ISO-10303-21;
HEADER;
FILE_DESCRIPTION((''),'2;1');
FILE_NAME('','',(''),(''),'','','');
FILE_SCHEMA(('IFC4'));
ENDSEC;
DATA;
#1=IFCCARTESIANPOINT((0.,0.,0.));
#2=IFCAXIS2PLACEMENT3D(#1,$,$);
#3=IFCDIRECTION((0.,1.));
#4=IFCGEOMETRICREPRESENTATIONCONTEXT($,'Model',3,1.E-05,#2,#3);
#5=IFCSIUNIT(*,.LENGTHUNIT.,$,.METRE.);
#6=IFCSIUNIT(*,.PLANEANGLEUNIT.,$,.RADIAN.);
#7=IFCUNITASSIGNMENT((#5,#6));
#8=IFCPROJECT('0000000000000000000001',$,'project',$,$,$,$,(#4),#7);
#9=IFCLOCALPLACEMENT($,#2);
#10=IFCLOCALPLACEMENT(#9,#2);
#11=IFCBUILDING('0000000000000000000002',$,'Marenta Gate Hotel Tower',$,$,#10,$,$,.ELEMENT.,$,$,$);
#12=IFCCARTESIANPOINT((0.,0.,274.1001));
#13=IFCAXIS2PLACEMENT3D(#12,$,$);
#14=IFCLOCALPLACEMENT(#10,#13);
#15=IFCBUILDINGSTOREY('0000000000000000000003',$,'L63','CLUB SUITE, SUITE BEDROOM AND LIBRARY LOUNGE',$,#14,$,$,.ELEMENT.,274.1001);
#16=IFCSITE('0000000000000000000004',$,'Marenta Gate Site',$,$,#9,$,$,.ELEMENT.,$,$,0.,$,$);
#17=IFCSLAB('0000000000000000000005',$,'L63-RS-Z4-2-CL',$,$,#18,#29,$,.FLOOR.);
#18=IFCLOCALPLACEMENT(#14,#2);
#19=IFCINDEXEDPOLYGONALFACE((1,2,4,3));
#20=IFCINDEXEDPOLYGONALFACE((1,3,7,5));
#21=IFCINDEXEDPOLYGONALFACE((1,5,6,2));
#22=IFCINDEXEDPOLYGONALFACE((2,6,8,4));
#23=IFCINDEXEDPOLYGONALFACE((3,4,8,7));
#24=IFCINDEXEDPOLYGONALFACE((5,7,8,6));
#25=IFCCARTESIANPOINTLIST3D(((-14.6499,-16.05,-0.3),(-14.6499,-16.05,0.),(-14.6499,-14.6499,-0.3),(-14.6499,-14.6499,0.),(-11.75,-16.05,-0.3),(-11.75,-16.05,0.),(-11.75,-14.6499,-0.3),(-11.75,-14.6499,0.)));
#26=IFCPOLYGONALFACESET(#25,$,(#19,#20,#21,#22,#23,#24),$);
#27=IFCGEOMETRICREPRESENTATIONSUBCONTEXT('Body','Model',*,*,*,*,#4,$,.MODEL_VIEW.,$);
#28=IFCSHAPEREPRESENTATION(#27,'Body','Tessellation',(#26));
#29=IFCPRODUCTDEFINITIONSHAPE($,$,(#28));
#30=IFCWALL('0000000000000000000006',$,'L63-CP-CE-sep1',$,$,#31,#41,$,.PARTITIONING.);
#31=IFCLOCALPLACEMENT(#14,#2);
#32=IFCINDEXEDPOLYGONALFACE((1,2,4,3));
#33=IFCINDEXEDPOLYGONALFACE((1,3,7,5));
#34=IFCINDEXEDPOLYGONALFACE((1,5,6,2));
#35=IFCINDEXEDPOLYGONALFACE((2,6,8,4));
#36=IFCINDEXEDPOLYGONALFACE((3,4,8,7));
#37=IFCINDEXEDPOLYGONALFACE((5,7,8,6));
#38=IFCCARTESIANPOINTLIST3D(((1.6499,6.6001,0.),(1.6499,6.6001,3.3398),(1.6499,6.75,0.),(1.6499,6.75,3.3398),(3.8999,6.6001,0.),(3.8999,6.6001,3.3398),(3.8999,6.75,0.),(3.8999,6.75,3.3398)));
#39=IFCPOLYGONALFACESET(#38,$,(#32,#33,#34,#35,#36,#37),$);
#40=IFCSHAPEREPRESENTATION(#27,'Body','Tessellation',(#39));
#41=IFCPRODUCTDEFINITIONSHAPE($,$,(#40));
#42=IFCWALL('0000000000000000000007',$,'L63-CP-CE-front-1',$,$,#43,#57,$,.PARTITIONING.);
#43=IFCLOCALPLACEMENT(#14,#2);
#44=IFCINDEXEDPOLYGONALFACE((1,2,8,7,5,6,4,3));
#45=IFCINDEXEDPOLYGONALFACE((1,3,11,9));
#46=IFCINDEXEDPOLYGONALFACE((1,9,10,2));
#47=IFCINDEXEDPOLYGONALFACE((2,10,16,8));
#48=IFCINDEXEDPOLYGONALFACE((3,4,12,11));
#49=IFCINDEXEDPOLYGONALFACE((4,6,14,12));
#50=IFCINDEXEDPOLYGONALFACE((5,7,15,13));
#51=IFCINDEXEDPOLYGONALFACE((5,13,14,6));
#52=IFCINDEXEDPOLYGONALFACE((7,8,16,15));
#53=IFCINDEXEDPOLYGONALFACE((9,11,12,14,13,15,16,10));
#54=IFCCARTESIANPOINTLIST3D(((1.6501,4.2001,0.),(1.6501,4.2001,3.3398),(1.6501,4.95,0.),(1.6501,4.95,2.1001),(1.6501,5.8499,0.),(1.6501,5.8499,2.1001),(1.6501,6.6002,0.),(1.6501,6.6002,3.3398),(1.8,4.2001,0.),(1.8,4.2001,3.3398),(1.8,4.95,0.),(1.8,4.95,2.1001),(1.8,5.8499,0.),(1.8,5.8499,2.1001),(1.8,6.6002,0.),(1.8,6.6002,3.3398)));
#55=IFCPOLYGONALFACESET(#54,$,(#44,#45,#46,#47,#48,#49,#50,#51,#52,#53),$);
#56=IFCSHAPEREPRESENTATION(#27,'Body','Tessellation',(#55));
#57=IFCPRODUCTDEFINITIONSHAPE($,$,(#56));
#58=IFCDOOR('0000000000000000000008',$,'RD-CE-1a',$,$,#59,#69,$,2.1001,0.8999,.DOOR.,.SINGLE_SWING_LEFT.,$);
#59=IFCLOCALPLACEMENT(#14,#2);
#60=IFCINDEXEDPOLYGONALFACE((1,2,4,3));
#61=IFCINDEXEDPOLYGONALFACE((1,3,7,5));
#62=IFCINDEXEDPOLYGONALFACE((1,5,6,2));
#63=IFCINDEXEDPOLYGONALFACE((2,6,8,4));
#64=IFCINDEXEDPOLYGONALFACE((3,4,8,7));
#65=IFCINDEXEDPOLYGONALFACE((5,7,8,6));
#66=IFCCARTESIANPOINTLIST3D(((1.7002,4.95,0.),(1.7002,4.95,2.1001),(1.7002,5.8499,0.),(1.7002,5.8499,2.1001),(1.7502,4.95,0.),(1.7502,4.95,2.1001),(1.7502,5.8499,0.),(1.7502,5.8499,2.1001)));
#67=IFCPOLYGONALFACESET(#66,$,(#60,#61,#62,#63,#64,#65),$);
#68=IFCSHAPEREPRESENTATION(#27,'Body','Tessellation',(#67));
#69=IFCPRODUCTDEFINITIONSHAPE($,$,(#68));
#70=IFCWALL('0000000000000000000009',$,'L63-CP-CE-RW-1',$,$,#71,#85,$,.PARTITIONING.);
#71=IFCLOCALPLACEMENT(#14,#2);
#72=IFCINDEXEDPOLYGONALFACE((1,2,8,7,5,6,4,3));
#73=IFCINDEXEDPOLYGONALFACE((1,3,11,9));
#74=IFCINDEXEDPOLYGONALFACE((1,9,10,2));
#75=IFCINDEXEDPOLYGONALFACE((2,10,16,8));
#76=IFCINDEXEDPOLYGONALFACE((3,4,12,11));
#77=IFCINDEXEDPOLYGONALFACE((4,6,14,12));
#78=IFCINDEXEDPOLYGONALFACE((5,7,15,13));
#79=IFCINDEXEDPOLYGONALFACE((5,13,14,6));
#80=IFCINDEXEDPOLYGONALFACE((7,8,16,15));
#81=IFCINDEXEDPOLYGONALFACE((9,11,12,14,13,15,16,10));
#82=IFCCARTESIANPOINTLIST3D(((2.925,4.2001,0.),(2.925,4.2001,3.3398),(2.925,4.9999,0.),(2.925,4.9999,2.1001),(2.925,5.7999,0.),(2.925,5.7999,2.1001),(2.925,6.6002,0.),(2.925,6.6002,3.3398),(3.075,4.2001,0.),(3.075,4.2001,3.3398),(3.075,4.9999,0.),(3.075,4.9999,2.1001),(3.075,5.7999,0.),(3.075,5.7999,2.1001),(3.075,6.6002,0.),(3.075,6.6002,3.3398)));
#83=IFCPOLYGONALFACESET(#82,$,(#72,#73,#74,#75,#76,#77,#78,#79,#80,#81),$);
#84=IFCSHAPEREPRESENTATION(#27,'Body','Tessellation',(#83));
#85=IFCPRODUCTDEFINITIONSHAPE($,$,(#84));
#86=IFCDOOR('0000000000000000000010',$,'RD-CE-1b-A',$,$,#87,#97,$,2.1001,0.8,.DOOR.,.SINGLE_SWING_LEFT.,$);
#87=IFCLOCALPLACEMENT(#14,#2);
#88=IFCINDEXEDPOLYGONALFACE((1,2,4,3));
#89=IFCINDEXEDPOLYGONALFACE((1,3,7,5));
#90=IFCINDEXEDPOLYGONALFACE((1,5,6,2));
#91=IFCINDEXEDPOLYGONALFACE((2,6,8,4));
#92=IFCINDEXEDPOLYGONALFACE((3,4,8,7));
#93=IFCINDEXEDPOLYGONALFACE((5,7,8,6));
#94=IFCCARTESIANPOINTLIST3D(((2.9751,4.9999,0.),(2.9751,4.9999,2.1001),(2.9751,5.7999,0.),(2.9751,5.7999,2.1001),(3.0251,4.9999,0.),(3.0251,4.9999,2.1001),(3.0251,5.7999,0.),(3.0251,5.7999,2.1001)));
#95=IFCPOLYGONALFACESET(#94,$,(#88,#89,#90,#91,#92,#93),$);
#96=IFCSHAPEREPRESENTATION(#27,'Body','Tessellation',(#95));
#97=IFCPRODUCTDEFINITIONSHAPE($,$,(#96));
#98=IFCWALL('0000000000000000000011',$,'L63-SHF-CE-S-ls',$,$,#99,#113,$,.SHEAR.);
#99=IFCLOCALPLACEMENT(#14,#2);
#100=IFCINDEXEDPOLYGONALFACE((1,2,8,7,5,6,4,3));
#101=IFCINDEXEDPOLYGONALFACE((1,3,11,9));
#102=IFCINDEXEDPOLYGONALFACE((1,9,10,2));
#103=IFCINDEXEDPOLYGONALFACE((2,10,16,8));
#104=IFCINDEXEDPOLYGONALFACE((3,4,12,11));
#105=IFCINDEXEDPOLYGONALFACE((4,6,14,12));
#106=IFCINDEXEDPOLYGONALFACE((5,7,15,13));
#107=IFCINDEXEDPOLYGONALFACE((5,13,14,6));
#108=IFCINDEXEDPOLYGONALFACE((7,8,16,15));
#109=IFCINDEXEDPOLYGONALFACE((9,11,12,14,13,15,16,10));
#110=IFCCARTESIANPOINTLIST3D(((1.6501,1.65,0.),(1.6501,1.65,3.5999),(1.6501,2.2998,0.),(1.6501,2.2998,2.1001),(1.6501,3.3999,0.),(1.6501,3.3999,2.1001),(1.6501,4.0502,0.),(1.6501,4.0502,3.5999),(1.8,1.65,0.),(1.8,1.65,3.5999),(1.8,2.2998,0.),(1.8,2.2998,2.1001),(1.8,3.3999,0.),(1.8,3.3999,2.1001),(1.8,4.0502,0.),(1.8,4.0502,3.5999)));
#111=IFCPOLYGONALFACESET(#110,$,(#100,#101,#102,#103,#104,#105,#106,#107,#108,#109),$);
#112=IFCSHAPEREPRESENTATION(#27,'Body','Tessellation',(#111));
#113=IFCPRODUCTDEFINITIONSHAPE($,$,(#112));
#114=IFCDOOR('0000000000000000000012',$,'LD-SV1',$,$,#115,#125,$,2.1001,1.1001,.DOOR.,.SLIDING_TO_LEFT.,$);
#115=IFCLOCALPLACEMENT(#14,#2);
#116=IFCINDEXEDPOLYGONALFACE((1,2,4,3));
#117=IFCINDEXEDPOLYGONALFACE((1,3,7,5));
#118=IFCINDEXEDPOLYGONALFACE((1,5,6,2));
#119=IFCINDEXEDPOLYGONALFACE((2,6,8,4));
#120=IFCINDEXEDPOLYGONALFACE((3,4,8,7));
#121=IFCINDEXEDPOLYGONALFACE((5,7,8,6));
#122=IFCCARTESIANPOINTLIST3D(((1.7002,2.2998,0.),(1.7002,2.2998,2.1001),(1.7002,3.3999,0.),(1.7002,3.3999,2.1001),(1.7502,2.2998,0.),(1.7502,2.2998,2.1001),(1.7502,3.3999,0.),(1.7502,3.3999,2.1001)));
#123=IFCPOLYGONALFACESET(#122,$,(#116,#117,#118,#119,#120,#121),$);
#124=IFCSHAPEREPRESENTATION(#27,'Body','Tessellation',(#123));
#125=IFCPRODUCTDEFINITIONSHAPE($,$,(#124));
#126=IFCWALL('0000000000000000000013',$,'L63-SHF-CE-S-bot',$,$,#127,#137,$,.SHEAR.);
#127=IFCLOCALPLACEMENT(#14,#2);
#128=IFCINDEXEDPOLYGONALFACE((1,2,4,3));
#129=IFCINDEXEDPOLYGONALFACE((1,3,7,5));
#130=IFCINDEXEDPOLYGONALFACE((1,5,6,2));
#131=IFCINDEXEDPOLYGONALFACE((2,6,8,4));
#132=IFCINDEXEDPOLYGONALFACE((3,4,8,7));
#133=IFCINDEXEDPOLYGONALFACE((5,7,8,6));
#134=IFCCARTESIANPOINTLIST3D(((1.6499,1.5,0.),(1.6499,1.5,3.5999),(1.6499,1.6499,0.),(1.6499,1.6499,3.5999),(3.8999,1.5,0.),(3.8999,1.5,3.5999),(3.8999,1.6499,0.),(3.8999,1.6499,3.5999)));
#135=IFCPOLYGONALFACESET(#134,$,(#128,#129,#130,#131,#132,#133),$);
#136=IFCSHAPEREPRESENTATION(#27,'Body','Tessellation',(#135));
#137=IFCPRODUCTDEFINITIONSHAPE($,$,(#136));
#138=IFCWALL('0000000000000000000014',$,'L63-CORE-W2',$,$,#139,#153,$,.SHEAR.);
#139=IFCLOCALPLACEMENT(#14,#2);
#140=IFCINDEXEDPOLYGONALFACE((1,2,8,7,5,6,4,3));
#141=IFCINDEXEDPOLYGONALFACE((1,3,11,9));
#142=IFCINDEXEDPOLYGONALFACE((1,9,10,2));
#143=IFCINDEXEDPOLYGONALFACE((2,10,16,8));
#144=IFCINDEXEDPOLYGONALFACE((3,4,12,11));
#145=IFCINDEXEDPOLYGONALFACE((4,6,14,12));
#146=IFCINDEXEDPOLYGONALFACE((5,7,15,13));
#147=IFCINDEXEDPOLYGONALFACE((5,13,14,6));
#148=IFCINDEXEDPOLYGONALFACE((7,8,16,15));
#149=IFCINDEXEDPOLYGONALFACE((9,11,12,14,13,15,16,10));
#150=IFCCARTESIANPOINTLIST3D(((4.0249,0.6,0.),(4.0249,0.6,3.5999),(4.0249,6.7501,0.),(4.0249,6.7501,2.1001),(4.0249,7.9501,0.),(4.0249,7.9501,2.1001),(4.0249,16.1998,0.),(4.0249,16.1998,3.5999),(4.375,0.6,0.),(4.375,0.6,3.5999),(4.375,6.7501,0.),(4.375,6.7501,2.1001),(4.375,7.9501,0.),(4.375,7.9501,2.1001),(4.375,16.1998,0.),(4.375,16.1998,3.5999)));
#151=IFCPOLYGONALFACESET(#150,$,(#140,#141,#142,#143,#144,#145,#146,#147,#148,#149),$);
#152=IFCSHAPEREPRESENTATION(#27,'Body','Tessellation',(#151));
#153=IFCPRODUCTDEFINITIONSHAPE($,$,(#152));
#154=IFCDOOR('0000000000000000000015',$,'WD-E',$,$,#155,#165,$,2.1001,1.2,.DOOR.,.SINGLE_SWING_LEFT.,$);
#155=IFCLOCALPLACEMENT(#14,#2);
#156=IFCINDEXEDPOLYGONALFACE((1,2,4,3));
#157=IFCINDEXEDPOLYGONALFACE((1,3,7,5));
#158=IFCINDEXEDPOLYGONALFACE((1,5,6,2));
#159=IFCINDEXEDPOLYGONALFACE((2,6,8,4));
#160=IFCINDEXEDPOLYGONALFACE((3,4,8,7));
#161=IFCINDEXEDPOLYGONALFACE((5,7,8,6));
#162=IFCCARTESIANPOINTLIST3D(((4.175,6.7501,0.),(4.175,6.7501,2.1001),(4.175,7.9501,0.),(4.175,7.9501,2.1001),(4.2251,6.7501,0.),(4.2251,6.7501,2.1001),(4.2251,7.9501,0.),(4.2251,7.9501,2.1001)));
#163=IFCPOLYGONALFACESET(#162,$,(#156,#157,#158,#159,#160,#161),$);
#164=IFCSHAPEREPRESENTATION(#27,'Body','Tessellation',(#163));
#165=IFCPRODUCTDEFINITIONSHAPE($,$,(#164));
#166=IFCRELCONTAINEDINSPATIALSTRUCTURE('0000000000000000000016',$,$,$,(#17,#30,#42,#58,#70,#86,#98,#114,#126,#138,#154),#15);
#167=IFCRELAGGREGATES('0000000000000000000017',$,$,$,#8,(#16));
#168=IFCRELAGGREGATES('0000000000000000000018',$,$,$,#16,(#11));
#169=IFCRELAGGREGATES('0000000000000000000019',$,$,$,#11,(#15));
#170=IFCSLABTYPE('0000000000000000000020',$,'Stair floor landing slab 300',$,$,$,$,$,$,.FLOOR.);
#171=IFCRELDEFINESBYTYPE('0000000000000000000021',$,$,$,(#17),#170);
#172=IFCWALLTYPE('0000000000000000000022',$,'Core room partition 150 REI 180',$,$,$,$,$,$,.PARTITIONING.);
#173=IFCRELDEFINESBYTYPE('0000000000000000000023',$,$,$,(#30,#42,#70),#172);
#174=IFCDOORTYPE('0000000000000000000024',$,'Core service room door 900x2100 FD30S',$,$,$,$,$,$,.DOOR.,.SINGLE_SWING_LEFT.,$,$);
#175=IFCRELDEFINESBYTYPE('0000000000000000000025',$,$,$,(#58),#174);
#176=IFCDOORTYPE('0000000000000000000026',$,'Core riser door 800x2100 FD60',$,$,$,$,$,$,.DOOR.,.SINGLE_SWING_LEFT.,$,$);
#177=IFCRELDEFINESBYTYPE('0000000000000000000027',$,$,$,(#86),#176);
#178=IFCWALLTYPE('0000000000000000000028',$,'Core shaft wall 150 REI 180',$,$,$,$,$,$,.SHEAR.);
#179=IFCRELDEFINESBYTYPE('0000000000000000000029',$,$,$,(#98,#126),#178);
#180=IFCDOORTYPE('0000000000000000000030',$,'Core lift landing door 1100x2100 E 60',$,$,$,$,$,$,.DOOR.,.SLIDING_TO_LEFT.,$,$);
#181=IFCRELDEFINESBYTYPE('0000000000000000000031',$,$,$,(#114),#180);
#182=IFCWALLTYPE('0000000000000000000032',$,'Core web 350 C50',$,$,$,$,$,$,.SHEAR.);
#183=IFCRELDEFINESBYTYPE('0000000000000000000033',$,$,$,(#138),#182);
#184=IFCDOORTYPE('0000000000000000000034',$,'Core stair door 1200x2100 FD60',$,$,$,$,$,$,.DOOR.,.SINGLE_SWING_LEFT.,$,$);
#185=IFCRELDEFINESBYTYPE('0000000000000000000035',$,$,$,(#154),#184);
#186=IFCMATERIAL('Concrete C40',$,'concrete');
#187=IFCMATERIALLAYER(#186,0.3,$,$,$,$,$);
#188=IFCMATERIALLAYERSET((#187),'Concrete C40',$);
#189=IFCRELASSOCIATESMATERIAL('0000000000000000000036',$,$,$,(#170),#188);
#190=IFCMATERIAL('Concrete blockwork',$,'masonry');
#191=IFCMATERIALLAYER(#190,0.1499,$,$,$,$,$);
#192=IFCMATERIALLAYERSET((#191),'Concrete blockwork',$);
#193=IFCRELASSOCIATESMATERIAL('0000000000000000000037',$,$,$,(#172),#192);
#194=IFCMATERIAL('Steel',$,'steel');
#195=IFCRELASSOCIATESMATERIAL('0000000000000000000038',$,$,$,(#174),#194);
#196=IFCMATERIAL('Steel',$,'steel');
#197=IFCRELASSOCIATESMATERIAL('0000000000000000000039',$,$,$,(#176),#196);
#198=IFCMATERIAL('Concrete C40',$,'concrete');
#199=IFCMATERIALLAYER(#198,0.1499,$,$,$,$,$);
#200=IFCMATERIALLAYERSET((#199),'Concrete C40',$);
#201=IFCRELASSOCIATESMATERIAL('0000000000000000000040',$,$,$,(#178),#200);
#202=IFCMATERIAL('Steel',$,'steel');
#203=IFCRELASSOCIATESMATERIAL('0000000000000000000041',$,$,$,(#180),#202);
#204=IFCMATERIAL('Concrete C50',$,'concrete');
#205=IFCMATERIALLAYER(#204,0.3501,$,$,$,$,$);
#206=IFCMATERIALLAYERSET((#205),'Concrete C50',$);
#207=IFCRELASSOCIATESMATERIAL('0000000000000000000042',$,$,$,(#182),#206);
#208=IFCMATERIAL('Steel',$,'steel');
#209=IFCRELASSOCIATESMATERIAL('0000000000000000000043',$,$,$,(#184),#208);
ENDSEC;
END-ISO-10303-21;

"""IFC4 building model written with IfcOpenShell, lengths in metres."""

from ifc_helpers import new_model, si_unit, direction, frame, frame_2d, origin, place, context, subcontext, project, spatial, polyline, rectangle, outline, extrude, material, layer, layer_set, type_object, element, fill, save


model = new_model("IFC4")

# Units and contexts
model_context = context("Model", 3, precision=1e-05, world=origin(), true_north=direction((0.0, 1.0)))
body_context = subcontext(model_context, "Body", "Model", "MODEL_VIEW")
ifc_project = project(units=[si_unit("LENGTHUNIT", "METRE"), si_unit("PLANEANGLEUNIT", "RADIAN")], contexts=[model_context])

# Site, building, storey
site_placement = place(None, origin())
site = spatial("IfcSite", under=ifc_project, at=site_placement, Name="Marenta Gate Site", CompositionType="ELEMENT", RefElevation=0.0)
building_placement = place(site_placement, origin())
building = spatial("IfcBuilding", under=site, at=building_placement, Name="Marenta Gate Hotel Tower", CompositionType="ELEMENT")
storey_placement = place(building_placement, frame((0.0, 0.0, 274.1001)))
storey = spatial("IfcBuildingStorey", under=building, at=storey_placement, Name="L63", Description="CLUB SUITE, SUITE BEDROOM AND LIBRARY LOUNGE", CompositionType="ELEMENT", Elevation=274.1001)

# Slab
ifc_material_1 = material(Name="Concrete C40", Category="concrete")
ifc_layer_1 = layer(ifc_material_1, 0.3)
ifc_layer_set_1 = layer_set([ifc_layer_1], Name="Concrete C40")
slab_type_1 = type_object("IfcSlabType", Name="Stair floor landing slab 300", PredefinedType="FLOOR", material=ifc_layer_set_1)
slab_1_placement = place(storey_placement, frame((0.0, 0.0, -0.3)))
element("IfcSlab", 1, at=slab_1_placement, inside=storey, type_object=slab_type_1, Name="L63-RS-Z4-2-CL", PredefinedType="FLOOR", context=body_context, shape_type="SweptSolid", body=[
    extrude(outline(polyline([(-11.75, -16.05), (-11.75, -14.6499), (-14.6499, -14.6499), (-14.6499, -16.05), (-11.75, -16.05)])), origin(), (0.0, 0.0, 1.0), 0.3),
])

# Wall
ifc_material_2 = material(Name="Concrete blockwork", Category="masonry")
ifc_layer_2 = layer(ifc_material_2, 0.1499)
ifc_layer_set_2 = layer_set([ifc_layer_2], Name="Concrete blockwork")
wall_type_1 = type_object("IfcWallType", Name="Core room partition 150 REI 180", PredefinedType="PARTITIONING", material=ifc_layer_set_2)
wall_1_placement = place(storey_placement, frame((1.6499, 6.675, 0.0), z_axis=(0.0, 0.0, 1.0), x_axis=(1.0, 0.0, 0.0)))
element("IfcWall", 2, at=wall_1_placement, inside=storey, type_object=wall_type_1, Name="L63-CP-CE-sep1", PredefinedType="PARTITIONING", context=body_context, shape_type="SweptSolid", body=[
    extrude(rectangle(XDim=2.25, YDim=0.1499, at=frame_2d((1.125, 0.0))), origin(), (0.0, 0.0, 1.0), 3.3398),
])

# Walls, openings, doors
wall_2_placement = place(storey_placement, frame((1.7251, 4.2, 0.0), z_axis=(0.0, 0.0, 1.0), x_axis=(0.0, 1.0, 0.0)))
wall_2 = element("IfcWall", 3, at=wall_2_placement, inside=storey, type_object=wall_type_1, Name="L63-CP-CE-front-1", PredefinedType="PARTITIONING", context=body_context, shape_type="SweptSolid", body=[
    extrude(rectangle(XDim=2.4001, YDim=0.1499, at=frame_2d((1.2002, 0.0))), origin(), (0.0, 0.0, 1.0), 3.3398),
])
opening_1_placement = place(wall_2_placement, frame((0.75, 0.0, 0.0)))
opening_1 = element("IfcOpeningElement", 4, at=opening_1_placement, cuts=wall_2, PredefinedType="OPENING", context=body_context, shape_type="SweptSolid", body=[
    extrude(rectangle(XDim=0.8999, YDim=2.1001, at=frame_2d((0.45, 1.05))), frame((0.0, 0.075, 0.0), z_axis=(0.0, -1.0, 0.0), x_axis=(1.0, 0.0, 0.0)), (0.0, 0.0, 1.0), 0.1499),
])
ifc_material_3 = material(Name="Steel", Category="steel")
door_type_1 = type_object("IfcDoorType", Name="Core service room door 900x2100 FD30S", OperationType="SINGLE_SWING_LEFT", PredefinedType="DOOR", material=ifc_material_3)
door_1_placement = place(opening_1_placement, origin())
door_1 = element("IfcDoor", 5, at=door_1_placement, inside=storey, type_object=door_type_1, Name="RD-CE-1a", OperationType="SINGLE_SWING_LEFT", OverallHeight=2.1001, OverallWidth=0.8999, PredefinedType="DOOR", context=body_context, shape_type="SweptSolid", body=[
    extrude(rectangle(XDim=0.8999, YDim=2.1001, at=frame_2d((0.45, 1.05))), frame((0.0, 0.0249, 0.0), z_axis=(0.0, -1.0, 0.0), x_axis=(1.0, 0.0, 0.0)), (0.0, 0.0, 1.0), 0.05),
])
fill(opening_1, door_1)
wall_3_placement = place(storey_placement, frame((3.0, 4.2, 0.0), z_axis=(0.0, 0.0, 1.0), x_axis=(0.0, 1.0, 0.0)))
wall_3 = element("IfcWall", 6, at=wall_3_placement, inside=storey, type_object=wall_type_1, Name="L63-CP-CE-RW-1", PredefinedType="PARTITIONING", context=body_context, shape_type="SweptSolid", body=[
    extrude(rectangle(XDim=2.4001, YDim=0.1499, at=frame_2d((1.2002, 0.0))), origin(), (0.0, 0.0, 1.0), 3.3398),
])
opening_2_placement = place(wall_3_placement, frame((0.8, 0.0, 0.0)))
opening_2 = element("IfcOpeningElement", 7, at=opening_2_placement, cuts=wall_3, PredefinedType="OPENING", context=body_context, shape_type="SweptSolid", body=[
    extrude(rectangle(XDim=0.8, YDim=2.1001, at=frame_2d((0.3999, 1.05))), frame((0.0, 0.075, 0.0), z_axis=(0.0, -1.0, 0.0), x_axis=(1.0, 0.0, 0.0)), (0.0, 0.0, 1.0), 0.1499),
])
ifc_material_4 = material(Name="Steel", Category="steel")
door_type_2 = type_object("IfcDoorType", Name="Core riser door 800x2100 FD60", OperationType="SINGLE_SWING_LEFT", PredefinedType="DOOR", material=ifc_material_4)
door_2_placement = place(opening_2_placement, origin())
door_2 = element("IfcDoor", 8, at=door_2_placement, inside=storey, type_object=door_type_2, Name="RD-CE-1b-A", OperationType="SINGLE_SWING_LEFT", OverallHeight=2.1001, OverallWidth=0.8, PredefinedType="DOOR", context=body_context, shape_type="SweptSolid", body=[
    extrude(rectangle(XDim=0.8, YDim=2.1001, at=frame_2d((0.3999, 1.05))), frame((0.0, 0.0249, 0.0), z_axis=(0.0, -1.0, 0.0), x_axis=(1.0, 0.0, 0.0)), (0.0, 0.0, 1.0), 0.05),
])
fill(opening_2, door_2)
ifc_material_5 = material(Name="Concrete C40", Category="concrete")
ifc_layer_3 = layer(ifc_material_5, 0.1499)
ifc_layer_set_3 = layer_set([ifc_layer_3], Name="Concrete C40")
wall_type_2 = type_object("IfcWallType", Name="Core shaft wall 150 REI 180", PredefinedType="SHEAR", material=ifc_layer_set_3)
wall_4_placement = place(storey_placement, frame((1.7251, 1.6499, 0.0), z_axis=(0.0, 0.0, 1.0), x_axis=(0.0, 1.0, 0.0)))
wall_4 = element("IfcWall", 9, at=wall_4_placement, inside=storey, type_object=wall_type_2, Name="L63-SHF-CE-S-ls", PredefinedType="SHEAR", context=body_context, shape_type="SweptSolid", body=[
    extrude(rectangle(XDim=2.4001, YDim=0.1499, at=frame_2d((1.2002, 0.0))), origin(), (0.0, 0.0, 1.0), 3.5999),
])
opening_3_placement = place(wall_4_placement, frame((0.6499, 0.0, 0.0)))
opening_3 = element("IfcOpeningElement", 10, at=opening_3_placement, cuts=wall_4, PredefinedType="OPENING", context=body_context, shape_type="SweptSolid", body=[
    extrude(rectangle(XDim=1.1001, YDim=2.1001, at=frame_2d((0.55, 1.05))), frame((0.0, 0.075, 0.0), z_axis=(0.0, -1.0, 0.0), x_axis=(1.0, 0.0, 0.0)), (0.0, 0.0, 1.0), 0.1499),
])
ifc_material_6 = material(Name="Steel", Category="steel")
door_type_3 = type_object("IfcDoorType", Name="Core lift landing door 1100x2100 E 60", OperationType="SLIDING_TO_LEFT", PredefinedType="DOOR", material=ifc_material_6)
door_3_placement = place(opening_3_placement, origin())
door_3 = element("IfcDoor", 11, at=door_3_placement, inside=storey, type_object=door_type_3, Name="LD-SV1", OperationType="SLIDING_TO_LEFT", OverallHeight=2.1001, OverallWidth=1.1001, PredefinedType="DOOR", context=body_context, shape_type="SweptSolid", body=[
    extrude(rectangle(XDim=1.1001, YDim=2.1001, at=frame_2d((0.55, 1.05))), frame((0.0, 0.0249, 0.0), z_axis=(0.0, -1.0, 0.0), x_axis=(1.0, 0.0, 0.0)), (0.0, 0.0, 1.0), 0.05),
])
fill(opening_3, door_3)

# Wall
wall_5_placement = place(storey_placement, frame((1.6499, 1.575, 0.0), z_axis=(0.0, 0.0, 1.0), x_axis=(1.0, 0.0, 0.0)))
element("IfcWall", 12, at=wall_5_placement, inside=storey, type_object=wall_type_2, Name="L63-SHF-CE-S-bot", PredefinedType="SHEAR", context=body_context, shape_type="SweptSolid", body=[
    extrude(rectangle(XDim=2.25, YDim=0.1499, at=frame_2d((1.125, 0.0))), origin(), (0.0, 0.0, 1.0), 3.5999),
])

# Wall, opening, door
ifc_material_7 = material(Name="Concrete C50", Category="concrete")
ifc_layer_4 = layer(ifc_material_7, 0.3501)
ifc_layer_set_4 = layer_set([ifc_layer_4], Name="Concrete C50")
wall_type_3 = type_object("IfcWallType", Name="Core web 350 C50", PredefinedType="SHEAR", material=ifc_layer_set_4)
wall_6_placement = place(storey_placement, frame((4.2, 0.6001, 0.0), z_axis=(0.0, 0.0, 1.0), x_axis=(0.0, 1.0, 0.0)))
wall_6 = element("IfcWall", 13, at=wall_6_placement, inside=storey, type_object=wall_type_3, Name="L63-CORE-W2", PredefinedType="SHEAR", context=body_context, shape_type="SweptSolid", body=[
    extrude(rectangle(XDim=15.5999, YDim=0.3501, at=frame_2d((7.7998, 0.0))), origin(), (0.0, 0.0, 1.0), 3.5999),
])
opening_4_placement = place(wall_6_placement, frame((6.1499, 0.0, 0.0)))
opening_4 = element("IfcOpeningElement", 14, at=opening_4_placement, cuts=wall_6, PredefinedType="OPENING", context=body_context, shape_type="SweptSolid", body=[
    extrude(rectangle(XDim=1.2, YDim=2.1001, at=frame_2d((0.6001, 1.05))), frame((0.0, 0.175, 0.0), z_axis=(0.0, -1.0, 0.0), x_axis=(1.0, 0.0, 0.0)), (0.0, 0.0, 1.0), 0.3501),
])
ifc_material_8 = material(Name="Steel", Category="steel")
door_type_4 = type_object("IfcDoorType", Name="Core stair door 1200x2100 FD60", OperationType="SINGLE_SWING_LEFT", PredefinedType="DOOR", material=ifc_material_8)
door_4_placement = place(opening_4_placement, origin())
door_4 = element("IfcDoor", 15, at=door_4_placement, inside=storey, type_object=door_type_4, Name="WD-E", OperationType="SINGLE_SWING_LEFT", OverallHeight=2.1001, OverallWidth=1.2, PredefinedType="DOOR", context=body_context, shape_type="SweptSolid", body=[
    extrude(rectangle(XDim=1.2, YDim=2.1001, at=frame_2d((0.6001, 1.05))), frame((0.0, 0.0249, 0.0), z_axis=(0.0, -1.0, 0.0), x_axis=(1.0, 0.0, 0.0)), (0.0, 0.0, 1.0), 0.05),
])
fill(opening_4, door_4)

save(model, "model.ifc")
